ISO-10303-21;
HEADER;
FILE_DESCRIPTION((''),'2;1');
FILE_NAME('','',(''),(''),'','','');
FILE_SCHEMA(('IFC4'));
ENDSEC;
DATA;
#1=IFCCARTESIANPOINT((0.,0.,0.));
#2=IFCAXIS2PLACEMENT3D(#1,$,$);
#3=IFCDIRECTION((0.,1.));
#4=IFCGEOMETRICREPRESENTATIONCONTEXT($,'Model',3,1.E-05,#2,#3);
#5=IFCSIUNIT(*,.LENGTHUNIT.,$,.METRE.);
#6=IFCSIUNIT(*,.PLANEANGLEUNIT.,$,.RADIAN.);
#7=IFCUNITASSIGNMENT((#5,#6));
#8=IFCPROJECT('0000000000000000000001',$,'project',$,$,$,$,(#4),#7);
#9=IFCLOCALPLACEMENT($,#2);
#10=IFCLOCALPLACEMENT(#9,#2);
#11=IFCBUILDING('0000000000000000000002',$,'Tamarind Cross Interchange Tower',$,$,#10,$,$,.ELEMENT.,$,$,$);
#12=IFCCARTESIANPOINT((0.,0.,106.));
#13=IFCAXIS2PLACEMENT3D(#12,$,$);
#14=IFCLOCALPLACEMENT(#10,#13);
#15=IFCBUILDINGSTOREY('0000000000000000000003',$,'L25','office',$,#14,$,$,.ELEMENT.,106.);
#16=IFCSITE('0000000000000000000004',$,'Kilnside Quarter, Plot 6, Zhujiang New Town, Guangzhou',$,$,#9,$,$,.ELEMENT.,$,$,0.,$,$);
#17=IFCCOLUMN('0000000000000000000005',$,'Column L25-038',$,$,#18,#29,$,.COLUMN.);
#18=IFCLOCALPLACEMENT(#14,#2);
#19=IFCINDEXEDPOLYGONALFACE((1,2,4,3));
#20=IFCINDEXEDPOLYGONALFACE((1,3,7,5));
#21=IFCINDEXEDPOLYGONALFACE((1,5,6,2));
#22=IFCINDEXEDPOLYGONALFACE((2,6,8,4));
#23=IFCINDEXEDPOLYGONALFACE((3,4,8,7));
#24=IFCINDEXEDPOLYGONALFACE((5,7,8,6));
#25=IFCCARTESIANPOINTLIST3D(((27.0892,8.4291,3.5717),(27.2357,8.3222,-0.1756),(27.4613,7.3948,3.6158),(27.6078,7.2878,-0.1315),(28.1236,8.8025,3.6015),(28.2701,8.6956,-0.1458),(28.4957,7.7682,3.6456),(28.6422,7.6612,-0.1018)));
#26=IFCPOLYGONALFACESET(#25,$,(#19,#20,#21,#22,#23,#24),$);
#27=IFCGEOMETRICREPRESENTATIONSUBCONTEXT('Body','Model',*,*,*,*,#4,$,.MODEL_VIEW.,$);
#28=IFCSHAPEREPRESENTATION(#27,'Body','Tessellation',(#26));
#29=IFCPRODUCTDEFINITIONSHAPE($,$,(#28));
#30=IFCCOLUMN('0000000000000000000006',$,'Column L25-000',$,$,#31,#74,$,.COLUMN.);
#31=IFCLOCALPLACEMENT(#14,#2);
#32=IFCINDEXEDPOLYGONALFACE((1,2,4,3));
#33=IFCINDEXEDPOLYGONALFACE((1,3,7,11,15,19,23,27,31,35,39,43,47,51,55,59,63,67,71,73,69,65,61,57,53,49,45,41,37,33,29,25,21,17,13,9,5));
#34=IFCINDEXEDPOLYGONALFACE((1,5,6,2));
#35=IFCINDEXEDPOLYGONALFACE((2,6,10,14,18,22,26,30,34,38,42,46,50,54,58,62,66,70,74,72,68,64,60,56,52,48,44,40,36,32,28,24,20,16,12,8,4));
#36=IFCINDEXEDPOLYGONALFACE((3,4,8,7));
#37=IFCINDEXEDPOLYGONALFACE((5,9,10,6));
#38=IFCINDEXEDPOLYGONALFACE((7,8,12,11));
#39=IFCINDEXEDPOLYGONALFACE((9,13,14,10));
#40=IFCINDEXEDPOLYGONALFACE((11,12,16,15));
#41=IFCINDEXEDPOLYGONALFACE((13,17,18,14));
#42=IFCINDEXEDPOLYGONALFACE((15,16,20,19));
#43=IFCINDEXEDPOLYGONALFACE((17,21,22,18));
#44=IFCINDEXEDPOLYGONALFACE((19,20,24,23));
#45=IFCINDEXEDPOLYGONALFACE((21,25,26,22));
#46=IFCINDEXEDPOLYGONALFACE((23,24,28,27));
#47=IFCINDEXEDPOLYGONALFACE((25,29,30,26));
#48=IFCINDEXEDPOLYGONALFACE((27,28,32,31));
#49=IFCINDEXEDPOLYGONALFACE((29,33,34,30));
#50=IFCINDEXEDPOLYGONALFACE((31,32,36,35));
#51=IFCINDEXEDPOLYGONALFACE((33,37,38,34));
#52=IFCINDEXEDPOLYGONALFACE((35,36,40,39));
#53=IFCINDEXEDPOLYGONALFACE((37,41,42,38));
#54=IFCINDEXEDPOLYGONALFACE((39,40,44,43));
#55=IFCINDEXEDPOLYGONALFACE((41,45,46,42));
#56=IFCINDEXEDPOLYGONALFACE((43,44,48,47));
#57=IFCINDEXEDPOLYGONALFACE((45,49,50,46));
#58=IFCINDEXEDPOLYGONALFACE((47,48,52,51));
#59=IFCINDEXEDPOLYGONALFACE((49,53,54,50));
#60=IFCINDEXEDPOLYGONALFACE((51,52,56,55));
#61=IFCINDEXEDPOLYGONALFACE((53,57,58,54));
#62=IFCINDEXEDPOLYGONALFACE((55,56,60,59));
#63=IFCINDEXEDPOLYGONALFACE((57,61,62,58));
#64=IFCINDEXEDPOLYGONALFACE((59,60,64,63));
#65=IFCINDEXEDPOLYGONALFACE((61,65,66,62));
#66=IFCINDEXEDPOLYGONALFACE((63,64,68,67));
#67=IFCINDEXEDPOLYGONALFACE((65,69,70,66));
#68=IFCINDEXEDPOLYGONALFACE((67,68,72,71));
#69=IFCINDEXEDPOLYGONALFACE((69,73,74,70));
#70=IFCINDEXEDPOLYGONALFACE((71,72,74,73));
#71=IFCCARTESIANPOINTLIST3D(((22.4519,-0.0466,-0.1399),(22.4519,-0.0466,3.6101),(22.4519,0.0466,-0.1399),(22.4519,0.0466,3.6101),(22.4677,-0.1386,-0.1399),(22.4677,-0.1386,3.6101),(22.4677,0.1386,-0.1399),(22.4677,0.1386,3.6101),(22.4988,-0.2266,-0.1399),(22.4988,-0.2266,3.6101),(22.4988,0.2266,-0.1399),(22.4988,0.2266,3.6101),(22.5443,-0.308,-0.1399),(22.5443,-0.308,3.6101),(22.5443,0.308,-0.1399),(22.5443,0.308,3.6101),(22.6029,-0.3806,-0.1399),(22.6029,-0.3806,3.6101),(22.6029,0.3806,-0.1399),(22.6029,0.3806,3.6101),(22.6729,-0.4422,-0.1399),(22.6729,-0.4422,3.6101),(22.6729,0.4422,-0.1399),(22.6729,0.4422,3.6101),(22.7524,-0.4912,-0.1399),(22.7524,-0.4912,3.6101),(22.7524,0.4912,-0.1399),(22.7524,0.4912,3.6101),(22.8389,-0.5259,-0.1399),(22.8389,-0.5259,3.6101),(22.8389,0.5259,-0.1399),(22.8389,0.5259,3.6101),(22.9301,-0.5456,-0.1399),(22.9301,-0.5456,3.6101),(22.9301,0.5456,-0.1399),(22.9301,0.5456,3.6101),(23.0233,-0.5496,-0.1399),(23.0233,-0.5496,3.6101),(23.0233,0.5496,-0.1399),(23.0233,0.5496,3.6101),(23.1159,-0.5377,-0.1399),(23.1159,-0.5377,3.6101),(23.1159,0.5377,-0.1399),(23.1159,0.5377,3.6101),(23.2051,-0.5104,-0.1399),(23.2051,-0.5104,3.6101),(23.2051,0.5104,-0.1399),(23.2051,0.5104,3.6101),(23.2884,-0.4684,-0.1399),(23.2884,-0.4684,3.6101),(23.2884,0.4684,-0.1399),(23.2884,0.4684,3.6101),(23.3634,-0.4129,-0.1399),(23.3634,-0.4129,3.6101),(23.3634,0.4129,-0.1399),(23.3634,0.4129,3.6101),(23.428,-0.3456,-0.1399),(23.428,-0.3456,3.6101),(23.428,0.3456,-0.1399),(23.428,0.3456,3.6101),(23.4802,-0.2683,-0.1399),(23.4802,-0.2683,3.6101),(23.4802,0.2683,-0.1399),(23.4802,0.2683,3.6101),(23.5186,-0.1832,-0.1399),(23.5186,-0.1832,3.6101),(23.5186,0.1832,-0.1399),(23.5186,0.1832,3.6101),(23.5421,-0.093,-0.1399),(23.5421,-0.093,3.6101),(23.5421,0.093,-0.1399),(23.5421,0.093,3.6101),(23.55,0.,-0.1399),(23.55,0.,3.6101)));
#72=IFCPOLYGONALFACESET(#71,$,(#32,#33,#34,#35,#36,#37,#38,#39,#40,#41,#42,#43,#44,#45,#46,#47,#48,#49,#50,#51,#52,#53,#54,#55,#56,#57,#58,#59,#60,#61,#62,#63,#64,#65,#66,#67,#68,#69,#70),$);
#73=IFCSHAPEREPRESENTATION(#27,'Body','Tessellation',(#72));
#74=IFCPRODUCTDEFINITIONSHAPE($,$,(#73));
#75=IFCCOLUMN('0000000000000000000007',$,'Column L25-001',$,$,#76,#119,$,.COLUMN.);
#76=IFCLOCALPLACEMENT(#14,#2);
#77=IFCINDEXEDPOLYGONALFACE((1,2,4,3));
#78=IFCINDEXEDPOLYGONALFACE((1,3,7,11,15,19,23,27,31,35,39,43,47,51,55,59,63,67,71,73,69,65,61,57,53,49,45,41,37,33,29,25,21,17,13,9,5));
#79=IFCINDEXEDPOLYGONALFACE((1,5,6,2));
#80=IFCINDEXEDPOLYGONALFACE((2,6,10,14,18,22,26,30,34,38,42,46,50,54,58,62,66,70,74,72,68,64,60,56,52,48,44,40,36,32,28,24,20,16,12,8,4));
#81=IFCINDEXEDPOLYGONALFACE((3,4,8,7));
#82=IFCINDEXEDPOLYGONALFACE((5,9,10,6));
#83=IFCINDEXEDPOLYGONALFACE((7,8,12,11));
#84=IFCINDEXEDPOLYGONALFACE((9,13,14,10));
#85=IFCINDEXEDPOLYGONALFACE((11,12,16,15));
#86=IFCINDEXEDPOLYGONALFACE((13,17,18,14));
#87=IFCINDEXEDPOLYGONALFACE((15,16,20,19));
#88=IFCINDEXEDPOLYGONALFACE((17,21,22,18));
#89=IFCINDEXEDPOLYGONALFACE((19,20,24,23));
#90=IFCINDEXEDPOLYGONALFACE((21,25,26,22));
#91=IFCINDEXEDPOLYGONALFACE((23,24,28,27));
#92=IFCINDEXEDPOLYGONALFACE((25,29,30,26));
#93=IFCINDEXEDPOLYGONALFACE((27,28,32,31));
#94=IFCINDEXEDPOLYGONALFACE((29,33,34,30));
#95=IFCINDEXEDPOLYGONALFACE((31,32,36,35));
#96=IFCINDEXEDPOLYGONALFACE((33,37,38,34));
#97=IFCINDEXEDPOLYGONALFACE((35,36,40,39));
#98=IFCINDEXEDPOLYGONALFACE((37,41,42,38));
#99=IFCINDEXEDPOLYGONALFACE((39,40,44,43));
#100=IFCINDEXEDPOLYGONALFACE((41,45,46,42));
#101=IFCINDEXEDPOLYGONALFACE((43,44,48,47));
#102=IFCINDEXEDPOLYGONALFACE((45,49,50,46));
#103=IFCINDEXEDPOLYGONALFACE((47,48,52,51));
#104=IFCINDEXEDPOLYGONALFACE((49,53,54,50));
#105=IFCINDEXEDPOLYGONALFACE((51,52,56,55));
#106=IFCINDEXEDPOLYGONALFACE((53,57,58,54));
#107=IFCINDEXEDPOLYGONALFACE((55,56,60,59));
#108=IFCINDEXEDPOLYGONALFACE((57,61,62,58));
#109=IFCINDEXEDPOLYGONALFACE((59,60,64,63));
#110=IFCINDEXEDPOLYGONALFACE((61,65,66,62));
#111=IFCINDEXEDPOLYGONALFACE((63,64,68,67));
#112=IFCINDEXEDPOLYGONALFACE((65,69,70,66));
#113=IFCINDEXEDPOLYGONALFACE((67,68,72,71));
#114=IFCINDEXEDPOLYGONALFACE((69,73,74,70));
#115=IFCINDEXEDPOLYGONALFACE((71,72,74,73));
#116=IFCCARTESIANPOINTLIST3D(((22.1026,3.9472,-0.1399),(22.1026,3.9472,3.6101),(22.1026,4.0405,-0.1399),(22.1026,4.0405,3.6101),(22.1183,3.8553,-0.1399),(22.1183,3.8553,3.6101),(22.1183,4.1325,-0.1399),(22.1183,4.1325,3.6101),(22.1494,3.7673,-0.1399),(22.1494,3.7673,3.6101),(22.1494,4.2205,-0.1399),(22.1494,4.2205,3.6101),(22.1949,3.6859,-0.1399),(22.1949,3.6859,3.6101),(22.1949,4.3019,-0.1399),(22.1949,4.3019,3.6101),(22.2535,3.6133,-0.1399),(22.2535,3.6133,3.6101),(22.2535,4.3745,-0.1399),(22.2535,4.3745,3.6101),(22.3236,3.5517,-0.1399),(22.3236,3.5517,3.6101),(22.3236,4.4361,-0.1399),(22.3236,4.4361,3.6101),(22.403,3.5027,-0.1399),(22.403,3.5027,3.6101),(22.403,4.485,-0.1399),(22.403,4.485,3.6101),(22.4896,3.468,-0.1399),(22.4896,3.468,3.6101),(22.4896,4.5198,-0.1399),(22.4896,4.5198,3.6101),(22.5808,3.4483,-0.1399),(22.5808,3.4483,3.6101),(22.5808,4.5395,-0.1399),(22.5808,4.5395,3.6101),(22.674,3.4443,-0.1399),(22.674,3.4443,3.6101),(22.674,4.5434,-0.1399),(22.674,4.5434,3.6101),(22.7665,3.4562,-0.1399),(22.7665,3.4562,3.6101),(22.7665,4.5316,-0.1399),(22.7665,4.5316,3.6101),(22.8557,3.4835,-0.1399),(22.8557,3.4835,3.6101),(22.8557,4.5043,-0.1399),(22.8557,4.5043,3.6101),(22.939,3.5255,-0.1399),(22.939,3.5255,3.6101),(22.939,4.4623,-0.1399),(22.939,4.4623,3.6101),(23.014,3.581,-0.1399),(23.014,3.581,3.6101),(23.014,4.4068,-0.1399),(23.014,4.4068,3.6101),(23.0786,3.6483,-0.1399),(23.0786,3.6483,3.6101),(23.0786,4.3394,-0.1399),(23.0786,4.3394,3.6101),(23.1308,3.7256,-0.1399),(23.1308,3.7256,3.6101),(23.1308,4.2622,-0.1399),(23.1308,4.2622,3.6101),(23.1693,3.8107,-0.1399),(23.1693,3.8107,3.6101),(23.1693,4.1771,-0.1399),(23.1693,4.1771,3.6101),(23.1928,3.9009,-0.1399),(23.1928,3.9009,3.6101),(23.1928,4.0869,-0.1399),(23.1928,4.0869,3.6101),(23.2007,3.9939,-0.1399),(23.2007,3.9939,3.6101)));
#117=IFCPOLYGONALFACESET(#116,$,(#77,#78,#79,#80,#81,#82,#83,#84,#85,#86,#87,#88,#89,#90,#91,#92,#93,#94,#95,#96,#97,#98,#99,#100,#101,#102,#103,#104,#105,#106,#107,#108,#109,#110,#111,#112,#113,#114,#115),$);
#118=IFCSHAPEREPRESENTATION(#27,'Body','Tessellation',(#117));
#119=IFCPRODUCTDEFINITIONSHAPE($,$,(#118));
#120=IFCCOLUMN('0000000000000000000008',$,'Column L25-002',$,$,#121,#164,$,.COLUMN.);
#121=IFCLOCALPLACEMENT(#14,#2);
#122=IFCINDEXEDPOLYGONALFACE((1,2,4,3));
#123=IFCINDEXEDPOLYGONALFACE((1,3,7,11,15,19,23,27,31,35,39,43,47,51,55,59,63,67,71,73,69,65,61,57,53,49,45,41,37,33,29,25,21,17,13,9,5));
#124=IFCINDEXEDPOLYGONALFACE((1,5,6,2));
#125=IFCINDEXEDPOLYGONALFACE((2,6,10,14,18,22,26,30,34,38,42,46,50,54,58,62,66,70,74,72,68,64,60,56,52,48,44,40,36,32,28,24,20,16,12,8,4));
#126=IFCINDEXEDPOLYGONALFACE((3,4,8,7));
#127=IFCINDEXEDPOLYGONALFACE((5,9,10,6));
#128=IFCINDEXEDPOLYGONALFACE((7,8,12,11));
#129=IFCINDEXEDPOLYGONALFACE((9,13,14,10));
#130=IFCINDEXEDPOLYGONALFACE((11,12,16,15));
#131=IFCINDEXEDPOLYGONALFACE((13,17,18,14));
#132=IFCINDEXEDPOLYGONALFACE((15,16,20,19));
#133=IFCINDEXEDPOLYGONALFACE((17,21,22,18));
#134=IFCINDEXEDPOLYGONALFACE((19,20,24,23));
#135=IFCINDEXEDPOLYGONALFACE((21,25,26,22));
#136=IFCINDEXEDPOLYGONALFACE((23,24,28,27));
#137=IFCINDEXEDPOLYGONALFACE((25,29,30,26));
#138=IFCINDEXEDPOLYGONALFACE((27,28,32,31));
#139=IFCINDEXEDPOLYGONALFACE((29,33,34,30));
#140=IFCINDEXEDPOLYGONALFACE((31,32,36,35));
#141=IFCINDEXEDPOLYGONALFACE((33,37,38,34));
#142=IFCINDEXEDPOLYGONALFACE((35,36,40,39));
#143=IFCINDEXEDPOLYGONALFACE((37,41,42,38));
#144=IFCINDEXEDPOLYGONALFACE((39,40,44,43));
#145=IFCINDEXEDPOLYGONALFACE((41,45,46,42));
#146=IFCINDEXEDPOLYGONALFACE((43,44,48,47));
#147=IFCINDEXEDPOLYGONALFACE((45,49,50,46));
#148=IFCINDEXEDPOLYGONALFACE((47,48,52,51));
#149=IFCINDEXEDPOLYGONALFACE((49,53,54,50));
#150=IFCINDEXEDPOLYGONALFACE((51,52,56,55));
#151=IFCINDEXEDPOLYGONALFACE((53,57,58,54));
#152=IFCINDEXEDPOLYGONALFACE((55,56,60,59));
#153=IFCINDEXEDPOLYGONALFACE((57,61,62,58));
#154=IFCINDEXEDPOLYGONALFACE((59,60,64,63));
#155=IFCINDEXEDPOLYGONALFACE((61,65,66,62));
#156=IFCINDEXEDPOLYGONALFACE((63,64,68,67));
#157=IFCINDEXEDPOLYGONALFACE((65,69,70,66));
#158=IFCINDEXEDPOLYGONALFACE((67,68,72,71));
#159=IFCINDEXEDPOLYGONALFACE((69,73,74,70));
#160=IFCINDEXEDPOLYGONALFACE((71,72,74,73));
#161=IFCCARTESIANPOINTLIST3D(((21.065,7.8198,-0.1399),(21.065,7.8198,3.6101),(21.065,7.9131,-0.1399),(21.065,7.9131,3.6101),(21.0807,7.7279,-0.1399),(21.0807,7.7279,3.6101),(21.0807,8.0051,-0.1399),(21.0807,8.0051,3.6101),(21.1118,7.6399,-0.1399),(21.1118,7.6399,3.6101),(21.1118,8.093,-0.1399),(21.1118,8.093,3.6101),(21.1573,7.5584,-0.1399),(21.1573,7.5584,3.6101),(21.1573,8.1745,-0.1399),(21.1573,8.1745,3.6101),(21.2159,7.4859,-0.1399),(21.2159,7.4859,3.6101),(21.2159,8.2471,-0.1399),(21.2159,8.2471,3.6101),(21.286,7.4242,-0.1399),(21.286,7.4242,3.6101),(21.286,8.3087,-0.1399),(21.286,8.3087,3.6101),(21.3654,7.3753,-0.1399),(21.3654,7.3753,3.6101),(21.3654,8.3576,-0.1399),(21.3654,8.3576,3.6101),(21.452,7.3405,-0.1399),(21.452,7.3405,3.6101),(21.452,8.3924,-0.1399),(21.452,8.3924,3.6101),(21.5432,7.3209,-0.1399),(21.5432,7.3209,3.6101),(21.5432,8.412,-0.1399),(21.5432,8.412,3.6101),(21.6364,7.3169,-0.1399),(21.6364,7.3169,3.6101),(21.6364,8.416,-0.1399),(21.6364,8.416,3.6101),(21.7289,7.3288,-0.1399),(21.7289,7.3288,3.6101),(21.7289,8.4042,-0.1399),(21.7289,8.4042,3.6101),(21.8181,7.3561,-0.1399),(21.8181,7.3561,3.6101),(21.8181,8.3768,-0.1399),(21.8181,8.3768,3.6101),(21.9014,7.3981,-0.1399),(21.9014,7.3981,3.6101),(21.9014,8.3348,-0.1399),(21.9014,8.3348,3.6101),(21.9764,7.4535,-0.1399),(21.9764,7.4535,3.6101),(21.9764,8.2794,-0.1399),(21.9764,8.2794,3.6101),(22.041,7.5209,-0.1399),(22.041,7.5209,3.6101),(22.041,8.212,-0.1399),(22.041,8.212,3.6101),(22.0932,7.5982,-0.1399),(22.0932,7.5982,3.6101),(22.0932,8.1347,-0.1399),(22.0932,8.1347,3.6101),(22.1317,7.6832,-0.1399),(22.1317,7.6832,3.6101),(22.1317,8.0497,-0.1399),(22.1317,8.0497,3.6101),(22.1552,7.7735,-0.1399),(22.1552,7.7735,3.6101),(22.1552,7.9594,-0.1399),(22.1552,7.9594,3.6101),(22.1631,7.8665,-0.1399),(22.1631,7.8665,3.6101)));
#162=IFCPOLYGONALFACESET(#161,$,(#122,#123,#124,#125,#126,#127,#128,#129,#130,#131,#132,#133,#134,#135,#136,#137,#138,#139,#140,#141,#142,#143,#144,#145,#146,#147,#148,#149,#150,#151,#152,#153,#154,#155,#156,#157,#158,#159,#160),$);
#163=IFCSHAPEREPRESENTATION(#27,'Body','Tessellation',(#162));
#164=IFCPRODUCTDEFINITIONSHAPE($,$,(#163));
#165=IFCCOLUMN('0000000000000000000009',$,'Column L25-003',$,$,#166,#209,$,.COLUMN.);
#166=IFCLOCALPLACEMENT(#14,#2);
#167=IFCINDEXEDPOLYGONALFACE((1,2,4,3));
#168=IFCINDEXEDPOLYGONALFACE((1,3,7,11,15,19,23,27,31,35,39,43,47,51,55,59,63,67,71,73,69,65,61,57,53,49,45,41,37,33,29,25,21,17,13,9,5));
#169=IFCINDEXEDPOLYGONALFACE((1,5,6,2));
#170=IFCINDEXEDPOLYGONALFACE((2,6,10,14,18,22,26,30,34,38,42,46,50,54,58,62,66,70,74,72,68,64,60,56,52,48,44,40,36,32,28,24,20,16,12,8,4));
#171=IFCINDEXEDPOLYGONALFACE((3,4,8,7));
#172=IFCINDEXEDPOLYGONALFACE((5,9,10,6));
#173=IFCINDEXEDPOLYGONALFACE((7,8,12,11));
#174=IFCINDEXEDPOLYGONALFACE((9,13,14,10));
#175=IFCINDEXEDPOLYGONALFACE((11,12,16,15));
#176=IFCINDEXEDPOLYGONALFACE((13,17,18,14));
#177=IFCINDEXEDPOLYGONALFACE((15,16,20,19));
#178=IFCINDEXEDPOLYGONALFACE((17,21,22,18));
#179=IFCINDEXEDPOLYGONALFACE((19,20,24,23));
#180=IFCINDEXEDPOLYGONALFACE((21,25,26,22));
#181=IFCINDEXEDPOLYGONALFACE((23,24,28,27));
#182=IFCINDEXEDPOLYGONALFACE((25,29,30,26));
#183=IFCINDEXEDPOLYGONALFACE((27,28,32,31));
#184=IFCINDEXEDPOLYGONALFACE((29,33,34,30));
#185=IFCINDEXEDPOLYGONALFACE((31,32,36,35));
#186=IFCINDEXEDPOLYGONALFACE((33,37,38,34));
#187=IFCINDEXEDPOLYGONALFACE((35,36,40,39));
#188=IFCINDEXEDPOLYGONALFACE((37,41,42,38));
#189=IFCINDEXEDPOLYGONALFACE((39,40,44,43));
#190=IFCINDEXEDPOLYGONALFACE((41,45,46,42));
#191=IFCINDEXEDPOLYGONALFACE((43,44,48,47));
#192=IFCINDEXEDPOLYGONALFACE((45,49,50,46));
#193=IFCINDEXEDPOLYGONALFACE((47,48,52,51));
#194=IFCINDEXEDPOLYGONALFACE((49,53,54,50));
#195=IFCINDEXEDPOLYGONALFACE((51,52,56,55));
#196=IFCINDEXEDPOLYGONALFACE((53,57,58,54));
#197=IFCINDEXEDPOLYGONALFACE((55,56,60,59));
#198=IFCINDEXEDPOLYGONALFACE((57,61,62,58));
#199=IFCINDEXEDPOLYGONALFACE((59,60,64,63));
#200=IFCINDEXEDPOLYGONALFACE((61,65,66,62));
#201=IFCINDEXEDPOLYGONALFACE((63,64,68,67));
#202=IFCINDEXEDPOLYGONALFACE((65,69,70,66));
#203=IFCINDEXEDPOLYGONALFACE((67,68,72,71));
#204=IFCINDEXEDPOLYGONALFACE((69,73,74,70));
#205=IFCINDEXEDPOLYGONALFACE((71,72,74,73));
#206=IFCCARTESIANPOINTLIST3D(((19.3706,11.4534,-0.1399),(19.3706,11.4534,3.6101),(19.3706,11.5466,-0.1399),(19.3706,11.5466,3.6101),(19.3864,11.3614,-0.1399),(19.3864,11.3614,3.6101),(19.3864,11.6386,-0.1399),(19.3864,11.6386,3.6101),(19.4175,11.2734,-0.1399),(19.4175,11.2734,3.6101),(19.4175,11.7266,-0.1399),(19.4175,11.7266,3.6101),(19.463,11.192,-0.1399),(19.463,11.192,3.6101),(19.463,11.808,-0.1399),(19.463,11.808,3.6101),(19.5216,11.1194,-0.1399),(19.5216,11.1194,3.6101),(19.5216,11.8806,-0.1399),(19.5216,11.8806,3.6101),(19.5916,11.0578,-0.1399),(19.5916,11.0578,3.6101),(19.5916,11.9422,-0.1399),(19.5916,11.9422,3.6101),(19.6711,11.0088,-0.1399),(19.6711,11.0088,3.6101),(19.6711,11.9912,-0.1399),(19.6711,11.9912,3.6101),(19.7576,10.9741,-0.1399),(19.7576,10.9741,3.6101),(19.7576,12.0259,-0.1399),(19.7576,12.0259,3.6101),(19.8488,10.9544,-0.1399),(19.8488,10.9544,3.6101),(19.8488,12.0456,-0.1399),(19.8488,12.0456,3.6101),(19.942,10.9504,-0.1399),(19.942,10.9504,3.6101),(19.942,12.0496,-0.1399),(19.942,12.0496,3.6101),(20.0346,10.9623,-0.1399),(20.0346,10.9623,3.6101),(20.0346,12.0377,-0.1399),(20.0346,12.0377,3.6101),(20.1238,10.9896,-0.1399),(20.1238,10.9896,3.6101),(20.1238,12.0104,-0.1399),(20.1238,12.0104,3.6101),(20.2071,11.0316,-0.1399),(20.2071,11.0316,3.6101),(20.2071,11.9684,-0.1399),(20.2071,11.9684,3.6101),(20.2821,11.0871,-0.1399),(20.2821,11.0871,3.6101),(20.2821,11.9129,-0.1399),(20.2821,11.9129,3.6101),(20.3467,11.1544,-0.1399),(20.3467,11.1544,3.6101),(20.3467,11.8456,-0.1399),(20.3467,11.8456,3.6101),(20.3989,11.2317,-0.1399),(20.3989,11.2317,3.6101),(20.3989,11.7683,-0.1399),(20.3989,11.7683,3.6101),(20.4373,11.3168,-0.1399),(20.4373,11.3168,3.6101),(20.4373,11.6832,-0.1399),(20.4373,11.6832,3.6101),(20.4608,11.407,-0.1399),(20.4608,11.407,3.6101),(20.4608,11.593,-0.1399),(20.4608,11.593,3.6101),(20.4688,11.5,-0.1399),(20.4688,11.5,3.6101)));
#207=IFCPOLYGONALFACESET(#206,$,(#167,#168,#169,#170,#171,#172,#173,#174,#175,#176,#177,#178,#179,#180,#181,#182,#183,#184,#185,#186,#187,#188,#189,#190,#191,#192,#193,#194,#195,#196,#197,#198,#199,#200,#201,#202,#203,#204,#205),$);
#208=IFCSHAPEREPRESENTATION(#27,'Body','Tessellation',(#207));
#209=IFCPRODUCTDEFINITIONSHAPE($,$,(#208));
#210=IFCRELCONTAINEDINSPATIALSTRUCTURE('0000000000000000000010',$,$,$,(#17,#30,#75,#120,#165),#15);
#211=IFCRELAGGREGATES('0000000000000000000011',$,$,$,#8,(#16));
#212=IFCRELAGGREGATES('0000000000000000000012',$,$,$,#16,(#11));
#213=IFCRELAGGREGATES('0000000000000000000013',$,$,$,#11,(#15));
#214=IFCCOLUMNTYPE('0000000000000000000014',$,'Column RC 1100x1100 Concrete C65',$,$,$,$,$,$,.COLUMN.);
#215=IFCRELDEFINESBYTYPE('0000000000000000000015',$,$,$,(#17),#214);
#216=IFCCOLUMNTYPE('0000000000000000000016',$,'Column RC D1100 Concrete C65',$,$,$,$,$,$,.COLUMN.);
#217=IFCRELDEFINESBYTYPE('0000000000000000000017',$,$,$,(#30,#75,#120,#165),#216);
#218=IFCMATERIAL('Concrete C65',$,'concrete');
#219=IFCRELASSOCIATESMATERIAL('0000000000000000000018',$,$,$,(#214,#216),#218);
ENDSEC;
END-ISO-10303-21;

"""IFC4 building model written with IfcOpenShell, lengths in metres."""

from ifc_helpers import new_model, si_unit, direction, frame, origin, origin_2d, place, context, subcontext, project, spatial, rectangle, circle, extrude, material, material_profile, profile_set, type_object, element, save


model = new_model("IFC4")

# Units and contexts
model_context = context("Model", 3, precision=1e-05, world=origin(), true_north=direction((0.0, 1.0)))
body_context = subcontext(model_context, "Body", "Model", "MODEL_VIEW")
ifc_project = project(units=[si_unit("LENGTHUNIT", "METRE"), si_unit("PLANEANGLEUNIT", "RADIAN")], contexts=[model_context])

# Site, building, storey
site_placement = place(None, origin())
site = spatial("IfcSite", under=ifc_project, at=site_placement, Name="Kilnside Quarter, Plot 6, Zhujiang New Town, Guangzhou", CompositionType="ELEMENT", RefElevation=0.0)
building_placement = place(site_placement, origin())
building = spatial("IfcBuilding", under=site, at=building_placement, Name="Tamarind Cross Interchange Tower", CompositionType="ELEMENT")
storey_placement = place(building_placement, frame((0.0, 0.0, 106.0)))
storey = spatial("IfcBuildingStorey", under=building, at=storey_placement, Name="L25", Description="office", CompositionType="ELEMENT", Elevation=106.0)

# Columns
ifc_material_1 = material(Name="Concrete C65", Category="concrete")
ifc_material_profile_1 = material_profile(ifc_material_1, rectangle(XDim=1.1001, YDim=1.1001, at=origin_2d()), Name="RC 1100x1100")
ifc_profile_set_1 = profile_set([ifc_material_profile_1], Name="Concrete C65")
column_type_1 = type_object("IfcColumnType", Name="Column RC 1100x1100 Concrete C65", PredefinedType="COLUMN", material=ifc_profile_set_1)
column_placement = place(storey_placement, frame((27.939, 7.9917, -0.1387), z_axis=(-0.039045, 0.028503, 0.998831), x_axis=(0.338246, -0.940205, 0.040052)))
element("IfcColumn", 1, at=column_placement, inside=storey, type_object=column_type_1, Name="Column L25-038", PredefinedType="COLUMN", context=body_context, shape_type="SweptSolid", body=[
    extrude(rectangle(XDim=1.1001, YDim=1.1001, at=origin_2d()), origin(), (0.0, 0.0, 1.0), 3.7517),
])
ifc_material_profile_2 = material_profile(ifc_material_1, circle(Radius=0.55, at=origin_2d()), Name="RC D1100")
ifc_profile_set_2 = profile_set([ifc_material_profile_2], Name="Concrete C65")
column_type_2 = type_object("IfcColumnType", Name="Column RC D1100 Concrete C65", PredefinedType="COLUMN", material=ifc_profile_set_2)
for number, where, z_axis, x_axis, name in (
    (2, (23.0, 0.0, -0.1399), (0.0, 0.0, 1.0), (1.0, 0.0, 0.0), "Column L25-000"),
    (3, (22.6506, 3.9939, -0.1399), (0.0, 0.0, 1.0), (1.0, 0.0, 0.0), "Column L25-001"),
    (4, (21.613, 7.8665, -0.1399), (0.0, 0.0, 1.0), (1.0, 0.0, 0.0), "Column L25-002"),
    (5, (19.9187, 11.5, -0.1399), (0.0, 0.0, 1.0), (1.0, 0.0, 0.0), "Column L25-003"),
):
    element("IfcColumn", number, at=place(storey_placement, frame(where, z_axis=z_axis, x_axis=x_axis)), inside=storey, type_object=column_type_2, Name=name, PredefinedType="COLUMN", context=body_context, shape_type="SweptSolid", body=[
        extrude(circle(Radius=0.55, at=origin_2d()), origin(), (0.0, 0.0, 1.0), 3.75),
    ])

save(model, "model.ifc")
